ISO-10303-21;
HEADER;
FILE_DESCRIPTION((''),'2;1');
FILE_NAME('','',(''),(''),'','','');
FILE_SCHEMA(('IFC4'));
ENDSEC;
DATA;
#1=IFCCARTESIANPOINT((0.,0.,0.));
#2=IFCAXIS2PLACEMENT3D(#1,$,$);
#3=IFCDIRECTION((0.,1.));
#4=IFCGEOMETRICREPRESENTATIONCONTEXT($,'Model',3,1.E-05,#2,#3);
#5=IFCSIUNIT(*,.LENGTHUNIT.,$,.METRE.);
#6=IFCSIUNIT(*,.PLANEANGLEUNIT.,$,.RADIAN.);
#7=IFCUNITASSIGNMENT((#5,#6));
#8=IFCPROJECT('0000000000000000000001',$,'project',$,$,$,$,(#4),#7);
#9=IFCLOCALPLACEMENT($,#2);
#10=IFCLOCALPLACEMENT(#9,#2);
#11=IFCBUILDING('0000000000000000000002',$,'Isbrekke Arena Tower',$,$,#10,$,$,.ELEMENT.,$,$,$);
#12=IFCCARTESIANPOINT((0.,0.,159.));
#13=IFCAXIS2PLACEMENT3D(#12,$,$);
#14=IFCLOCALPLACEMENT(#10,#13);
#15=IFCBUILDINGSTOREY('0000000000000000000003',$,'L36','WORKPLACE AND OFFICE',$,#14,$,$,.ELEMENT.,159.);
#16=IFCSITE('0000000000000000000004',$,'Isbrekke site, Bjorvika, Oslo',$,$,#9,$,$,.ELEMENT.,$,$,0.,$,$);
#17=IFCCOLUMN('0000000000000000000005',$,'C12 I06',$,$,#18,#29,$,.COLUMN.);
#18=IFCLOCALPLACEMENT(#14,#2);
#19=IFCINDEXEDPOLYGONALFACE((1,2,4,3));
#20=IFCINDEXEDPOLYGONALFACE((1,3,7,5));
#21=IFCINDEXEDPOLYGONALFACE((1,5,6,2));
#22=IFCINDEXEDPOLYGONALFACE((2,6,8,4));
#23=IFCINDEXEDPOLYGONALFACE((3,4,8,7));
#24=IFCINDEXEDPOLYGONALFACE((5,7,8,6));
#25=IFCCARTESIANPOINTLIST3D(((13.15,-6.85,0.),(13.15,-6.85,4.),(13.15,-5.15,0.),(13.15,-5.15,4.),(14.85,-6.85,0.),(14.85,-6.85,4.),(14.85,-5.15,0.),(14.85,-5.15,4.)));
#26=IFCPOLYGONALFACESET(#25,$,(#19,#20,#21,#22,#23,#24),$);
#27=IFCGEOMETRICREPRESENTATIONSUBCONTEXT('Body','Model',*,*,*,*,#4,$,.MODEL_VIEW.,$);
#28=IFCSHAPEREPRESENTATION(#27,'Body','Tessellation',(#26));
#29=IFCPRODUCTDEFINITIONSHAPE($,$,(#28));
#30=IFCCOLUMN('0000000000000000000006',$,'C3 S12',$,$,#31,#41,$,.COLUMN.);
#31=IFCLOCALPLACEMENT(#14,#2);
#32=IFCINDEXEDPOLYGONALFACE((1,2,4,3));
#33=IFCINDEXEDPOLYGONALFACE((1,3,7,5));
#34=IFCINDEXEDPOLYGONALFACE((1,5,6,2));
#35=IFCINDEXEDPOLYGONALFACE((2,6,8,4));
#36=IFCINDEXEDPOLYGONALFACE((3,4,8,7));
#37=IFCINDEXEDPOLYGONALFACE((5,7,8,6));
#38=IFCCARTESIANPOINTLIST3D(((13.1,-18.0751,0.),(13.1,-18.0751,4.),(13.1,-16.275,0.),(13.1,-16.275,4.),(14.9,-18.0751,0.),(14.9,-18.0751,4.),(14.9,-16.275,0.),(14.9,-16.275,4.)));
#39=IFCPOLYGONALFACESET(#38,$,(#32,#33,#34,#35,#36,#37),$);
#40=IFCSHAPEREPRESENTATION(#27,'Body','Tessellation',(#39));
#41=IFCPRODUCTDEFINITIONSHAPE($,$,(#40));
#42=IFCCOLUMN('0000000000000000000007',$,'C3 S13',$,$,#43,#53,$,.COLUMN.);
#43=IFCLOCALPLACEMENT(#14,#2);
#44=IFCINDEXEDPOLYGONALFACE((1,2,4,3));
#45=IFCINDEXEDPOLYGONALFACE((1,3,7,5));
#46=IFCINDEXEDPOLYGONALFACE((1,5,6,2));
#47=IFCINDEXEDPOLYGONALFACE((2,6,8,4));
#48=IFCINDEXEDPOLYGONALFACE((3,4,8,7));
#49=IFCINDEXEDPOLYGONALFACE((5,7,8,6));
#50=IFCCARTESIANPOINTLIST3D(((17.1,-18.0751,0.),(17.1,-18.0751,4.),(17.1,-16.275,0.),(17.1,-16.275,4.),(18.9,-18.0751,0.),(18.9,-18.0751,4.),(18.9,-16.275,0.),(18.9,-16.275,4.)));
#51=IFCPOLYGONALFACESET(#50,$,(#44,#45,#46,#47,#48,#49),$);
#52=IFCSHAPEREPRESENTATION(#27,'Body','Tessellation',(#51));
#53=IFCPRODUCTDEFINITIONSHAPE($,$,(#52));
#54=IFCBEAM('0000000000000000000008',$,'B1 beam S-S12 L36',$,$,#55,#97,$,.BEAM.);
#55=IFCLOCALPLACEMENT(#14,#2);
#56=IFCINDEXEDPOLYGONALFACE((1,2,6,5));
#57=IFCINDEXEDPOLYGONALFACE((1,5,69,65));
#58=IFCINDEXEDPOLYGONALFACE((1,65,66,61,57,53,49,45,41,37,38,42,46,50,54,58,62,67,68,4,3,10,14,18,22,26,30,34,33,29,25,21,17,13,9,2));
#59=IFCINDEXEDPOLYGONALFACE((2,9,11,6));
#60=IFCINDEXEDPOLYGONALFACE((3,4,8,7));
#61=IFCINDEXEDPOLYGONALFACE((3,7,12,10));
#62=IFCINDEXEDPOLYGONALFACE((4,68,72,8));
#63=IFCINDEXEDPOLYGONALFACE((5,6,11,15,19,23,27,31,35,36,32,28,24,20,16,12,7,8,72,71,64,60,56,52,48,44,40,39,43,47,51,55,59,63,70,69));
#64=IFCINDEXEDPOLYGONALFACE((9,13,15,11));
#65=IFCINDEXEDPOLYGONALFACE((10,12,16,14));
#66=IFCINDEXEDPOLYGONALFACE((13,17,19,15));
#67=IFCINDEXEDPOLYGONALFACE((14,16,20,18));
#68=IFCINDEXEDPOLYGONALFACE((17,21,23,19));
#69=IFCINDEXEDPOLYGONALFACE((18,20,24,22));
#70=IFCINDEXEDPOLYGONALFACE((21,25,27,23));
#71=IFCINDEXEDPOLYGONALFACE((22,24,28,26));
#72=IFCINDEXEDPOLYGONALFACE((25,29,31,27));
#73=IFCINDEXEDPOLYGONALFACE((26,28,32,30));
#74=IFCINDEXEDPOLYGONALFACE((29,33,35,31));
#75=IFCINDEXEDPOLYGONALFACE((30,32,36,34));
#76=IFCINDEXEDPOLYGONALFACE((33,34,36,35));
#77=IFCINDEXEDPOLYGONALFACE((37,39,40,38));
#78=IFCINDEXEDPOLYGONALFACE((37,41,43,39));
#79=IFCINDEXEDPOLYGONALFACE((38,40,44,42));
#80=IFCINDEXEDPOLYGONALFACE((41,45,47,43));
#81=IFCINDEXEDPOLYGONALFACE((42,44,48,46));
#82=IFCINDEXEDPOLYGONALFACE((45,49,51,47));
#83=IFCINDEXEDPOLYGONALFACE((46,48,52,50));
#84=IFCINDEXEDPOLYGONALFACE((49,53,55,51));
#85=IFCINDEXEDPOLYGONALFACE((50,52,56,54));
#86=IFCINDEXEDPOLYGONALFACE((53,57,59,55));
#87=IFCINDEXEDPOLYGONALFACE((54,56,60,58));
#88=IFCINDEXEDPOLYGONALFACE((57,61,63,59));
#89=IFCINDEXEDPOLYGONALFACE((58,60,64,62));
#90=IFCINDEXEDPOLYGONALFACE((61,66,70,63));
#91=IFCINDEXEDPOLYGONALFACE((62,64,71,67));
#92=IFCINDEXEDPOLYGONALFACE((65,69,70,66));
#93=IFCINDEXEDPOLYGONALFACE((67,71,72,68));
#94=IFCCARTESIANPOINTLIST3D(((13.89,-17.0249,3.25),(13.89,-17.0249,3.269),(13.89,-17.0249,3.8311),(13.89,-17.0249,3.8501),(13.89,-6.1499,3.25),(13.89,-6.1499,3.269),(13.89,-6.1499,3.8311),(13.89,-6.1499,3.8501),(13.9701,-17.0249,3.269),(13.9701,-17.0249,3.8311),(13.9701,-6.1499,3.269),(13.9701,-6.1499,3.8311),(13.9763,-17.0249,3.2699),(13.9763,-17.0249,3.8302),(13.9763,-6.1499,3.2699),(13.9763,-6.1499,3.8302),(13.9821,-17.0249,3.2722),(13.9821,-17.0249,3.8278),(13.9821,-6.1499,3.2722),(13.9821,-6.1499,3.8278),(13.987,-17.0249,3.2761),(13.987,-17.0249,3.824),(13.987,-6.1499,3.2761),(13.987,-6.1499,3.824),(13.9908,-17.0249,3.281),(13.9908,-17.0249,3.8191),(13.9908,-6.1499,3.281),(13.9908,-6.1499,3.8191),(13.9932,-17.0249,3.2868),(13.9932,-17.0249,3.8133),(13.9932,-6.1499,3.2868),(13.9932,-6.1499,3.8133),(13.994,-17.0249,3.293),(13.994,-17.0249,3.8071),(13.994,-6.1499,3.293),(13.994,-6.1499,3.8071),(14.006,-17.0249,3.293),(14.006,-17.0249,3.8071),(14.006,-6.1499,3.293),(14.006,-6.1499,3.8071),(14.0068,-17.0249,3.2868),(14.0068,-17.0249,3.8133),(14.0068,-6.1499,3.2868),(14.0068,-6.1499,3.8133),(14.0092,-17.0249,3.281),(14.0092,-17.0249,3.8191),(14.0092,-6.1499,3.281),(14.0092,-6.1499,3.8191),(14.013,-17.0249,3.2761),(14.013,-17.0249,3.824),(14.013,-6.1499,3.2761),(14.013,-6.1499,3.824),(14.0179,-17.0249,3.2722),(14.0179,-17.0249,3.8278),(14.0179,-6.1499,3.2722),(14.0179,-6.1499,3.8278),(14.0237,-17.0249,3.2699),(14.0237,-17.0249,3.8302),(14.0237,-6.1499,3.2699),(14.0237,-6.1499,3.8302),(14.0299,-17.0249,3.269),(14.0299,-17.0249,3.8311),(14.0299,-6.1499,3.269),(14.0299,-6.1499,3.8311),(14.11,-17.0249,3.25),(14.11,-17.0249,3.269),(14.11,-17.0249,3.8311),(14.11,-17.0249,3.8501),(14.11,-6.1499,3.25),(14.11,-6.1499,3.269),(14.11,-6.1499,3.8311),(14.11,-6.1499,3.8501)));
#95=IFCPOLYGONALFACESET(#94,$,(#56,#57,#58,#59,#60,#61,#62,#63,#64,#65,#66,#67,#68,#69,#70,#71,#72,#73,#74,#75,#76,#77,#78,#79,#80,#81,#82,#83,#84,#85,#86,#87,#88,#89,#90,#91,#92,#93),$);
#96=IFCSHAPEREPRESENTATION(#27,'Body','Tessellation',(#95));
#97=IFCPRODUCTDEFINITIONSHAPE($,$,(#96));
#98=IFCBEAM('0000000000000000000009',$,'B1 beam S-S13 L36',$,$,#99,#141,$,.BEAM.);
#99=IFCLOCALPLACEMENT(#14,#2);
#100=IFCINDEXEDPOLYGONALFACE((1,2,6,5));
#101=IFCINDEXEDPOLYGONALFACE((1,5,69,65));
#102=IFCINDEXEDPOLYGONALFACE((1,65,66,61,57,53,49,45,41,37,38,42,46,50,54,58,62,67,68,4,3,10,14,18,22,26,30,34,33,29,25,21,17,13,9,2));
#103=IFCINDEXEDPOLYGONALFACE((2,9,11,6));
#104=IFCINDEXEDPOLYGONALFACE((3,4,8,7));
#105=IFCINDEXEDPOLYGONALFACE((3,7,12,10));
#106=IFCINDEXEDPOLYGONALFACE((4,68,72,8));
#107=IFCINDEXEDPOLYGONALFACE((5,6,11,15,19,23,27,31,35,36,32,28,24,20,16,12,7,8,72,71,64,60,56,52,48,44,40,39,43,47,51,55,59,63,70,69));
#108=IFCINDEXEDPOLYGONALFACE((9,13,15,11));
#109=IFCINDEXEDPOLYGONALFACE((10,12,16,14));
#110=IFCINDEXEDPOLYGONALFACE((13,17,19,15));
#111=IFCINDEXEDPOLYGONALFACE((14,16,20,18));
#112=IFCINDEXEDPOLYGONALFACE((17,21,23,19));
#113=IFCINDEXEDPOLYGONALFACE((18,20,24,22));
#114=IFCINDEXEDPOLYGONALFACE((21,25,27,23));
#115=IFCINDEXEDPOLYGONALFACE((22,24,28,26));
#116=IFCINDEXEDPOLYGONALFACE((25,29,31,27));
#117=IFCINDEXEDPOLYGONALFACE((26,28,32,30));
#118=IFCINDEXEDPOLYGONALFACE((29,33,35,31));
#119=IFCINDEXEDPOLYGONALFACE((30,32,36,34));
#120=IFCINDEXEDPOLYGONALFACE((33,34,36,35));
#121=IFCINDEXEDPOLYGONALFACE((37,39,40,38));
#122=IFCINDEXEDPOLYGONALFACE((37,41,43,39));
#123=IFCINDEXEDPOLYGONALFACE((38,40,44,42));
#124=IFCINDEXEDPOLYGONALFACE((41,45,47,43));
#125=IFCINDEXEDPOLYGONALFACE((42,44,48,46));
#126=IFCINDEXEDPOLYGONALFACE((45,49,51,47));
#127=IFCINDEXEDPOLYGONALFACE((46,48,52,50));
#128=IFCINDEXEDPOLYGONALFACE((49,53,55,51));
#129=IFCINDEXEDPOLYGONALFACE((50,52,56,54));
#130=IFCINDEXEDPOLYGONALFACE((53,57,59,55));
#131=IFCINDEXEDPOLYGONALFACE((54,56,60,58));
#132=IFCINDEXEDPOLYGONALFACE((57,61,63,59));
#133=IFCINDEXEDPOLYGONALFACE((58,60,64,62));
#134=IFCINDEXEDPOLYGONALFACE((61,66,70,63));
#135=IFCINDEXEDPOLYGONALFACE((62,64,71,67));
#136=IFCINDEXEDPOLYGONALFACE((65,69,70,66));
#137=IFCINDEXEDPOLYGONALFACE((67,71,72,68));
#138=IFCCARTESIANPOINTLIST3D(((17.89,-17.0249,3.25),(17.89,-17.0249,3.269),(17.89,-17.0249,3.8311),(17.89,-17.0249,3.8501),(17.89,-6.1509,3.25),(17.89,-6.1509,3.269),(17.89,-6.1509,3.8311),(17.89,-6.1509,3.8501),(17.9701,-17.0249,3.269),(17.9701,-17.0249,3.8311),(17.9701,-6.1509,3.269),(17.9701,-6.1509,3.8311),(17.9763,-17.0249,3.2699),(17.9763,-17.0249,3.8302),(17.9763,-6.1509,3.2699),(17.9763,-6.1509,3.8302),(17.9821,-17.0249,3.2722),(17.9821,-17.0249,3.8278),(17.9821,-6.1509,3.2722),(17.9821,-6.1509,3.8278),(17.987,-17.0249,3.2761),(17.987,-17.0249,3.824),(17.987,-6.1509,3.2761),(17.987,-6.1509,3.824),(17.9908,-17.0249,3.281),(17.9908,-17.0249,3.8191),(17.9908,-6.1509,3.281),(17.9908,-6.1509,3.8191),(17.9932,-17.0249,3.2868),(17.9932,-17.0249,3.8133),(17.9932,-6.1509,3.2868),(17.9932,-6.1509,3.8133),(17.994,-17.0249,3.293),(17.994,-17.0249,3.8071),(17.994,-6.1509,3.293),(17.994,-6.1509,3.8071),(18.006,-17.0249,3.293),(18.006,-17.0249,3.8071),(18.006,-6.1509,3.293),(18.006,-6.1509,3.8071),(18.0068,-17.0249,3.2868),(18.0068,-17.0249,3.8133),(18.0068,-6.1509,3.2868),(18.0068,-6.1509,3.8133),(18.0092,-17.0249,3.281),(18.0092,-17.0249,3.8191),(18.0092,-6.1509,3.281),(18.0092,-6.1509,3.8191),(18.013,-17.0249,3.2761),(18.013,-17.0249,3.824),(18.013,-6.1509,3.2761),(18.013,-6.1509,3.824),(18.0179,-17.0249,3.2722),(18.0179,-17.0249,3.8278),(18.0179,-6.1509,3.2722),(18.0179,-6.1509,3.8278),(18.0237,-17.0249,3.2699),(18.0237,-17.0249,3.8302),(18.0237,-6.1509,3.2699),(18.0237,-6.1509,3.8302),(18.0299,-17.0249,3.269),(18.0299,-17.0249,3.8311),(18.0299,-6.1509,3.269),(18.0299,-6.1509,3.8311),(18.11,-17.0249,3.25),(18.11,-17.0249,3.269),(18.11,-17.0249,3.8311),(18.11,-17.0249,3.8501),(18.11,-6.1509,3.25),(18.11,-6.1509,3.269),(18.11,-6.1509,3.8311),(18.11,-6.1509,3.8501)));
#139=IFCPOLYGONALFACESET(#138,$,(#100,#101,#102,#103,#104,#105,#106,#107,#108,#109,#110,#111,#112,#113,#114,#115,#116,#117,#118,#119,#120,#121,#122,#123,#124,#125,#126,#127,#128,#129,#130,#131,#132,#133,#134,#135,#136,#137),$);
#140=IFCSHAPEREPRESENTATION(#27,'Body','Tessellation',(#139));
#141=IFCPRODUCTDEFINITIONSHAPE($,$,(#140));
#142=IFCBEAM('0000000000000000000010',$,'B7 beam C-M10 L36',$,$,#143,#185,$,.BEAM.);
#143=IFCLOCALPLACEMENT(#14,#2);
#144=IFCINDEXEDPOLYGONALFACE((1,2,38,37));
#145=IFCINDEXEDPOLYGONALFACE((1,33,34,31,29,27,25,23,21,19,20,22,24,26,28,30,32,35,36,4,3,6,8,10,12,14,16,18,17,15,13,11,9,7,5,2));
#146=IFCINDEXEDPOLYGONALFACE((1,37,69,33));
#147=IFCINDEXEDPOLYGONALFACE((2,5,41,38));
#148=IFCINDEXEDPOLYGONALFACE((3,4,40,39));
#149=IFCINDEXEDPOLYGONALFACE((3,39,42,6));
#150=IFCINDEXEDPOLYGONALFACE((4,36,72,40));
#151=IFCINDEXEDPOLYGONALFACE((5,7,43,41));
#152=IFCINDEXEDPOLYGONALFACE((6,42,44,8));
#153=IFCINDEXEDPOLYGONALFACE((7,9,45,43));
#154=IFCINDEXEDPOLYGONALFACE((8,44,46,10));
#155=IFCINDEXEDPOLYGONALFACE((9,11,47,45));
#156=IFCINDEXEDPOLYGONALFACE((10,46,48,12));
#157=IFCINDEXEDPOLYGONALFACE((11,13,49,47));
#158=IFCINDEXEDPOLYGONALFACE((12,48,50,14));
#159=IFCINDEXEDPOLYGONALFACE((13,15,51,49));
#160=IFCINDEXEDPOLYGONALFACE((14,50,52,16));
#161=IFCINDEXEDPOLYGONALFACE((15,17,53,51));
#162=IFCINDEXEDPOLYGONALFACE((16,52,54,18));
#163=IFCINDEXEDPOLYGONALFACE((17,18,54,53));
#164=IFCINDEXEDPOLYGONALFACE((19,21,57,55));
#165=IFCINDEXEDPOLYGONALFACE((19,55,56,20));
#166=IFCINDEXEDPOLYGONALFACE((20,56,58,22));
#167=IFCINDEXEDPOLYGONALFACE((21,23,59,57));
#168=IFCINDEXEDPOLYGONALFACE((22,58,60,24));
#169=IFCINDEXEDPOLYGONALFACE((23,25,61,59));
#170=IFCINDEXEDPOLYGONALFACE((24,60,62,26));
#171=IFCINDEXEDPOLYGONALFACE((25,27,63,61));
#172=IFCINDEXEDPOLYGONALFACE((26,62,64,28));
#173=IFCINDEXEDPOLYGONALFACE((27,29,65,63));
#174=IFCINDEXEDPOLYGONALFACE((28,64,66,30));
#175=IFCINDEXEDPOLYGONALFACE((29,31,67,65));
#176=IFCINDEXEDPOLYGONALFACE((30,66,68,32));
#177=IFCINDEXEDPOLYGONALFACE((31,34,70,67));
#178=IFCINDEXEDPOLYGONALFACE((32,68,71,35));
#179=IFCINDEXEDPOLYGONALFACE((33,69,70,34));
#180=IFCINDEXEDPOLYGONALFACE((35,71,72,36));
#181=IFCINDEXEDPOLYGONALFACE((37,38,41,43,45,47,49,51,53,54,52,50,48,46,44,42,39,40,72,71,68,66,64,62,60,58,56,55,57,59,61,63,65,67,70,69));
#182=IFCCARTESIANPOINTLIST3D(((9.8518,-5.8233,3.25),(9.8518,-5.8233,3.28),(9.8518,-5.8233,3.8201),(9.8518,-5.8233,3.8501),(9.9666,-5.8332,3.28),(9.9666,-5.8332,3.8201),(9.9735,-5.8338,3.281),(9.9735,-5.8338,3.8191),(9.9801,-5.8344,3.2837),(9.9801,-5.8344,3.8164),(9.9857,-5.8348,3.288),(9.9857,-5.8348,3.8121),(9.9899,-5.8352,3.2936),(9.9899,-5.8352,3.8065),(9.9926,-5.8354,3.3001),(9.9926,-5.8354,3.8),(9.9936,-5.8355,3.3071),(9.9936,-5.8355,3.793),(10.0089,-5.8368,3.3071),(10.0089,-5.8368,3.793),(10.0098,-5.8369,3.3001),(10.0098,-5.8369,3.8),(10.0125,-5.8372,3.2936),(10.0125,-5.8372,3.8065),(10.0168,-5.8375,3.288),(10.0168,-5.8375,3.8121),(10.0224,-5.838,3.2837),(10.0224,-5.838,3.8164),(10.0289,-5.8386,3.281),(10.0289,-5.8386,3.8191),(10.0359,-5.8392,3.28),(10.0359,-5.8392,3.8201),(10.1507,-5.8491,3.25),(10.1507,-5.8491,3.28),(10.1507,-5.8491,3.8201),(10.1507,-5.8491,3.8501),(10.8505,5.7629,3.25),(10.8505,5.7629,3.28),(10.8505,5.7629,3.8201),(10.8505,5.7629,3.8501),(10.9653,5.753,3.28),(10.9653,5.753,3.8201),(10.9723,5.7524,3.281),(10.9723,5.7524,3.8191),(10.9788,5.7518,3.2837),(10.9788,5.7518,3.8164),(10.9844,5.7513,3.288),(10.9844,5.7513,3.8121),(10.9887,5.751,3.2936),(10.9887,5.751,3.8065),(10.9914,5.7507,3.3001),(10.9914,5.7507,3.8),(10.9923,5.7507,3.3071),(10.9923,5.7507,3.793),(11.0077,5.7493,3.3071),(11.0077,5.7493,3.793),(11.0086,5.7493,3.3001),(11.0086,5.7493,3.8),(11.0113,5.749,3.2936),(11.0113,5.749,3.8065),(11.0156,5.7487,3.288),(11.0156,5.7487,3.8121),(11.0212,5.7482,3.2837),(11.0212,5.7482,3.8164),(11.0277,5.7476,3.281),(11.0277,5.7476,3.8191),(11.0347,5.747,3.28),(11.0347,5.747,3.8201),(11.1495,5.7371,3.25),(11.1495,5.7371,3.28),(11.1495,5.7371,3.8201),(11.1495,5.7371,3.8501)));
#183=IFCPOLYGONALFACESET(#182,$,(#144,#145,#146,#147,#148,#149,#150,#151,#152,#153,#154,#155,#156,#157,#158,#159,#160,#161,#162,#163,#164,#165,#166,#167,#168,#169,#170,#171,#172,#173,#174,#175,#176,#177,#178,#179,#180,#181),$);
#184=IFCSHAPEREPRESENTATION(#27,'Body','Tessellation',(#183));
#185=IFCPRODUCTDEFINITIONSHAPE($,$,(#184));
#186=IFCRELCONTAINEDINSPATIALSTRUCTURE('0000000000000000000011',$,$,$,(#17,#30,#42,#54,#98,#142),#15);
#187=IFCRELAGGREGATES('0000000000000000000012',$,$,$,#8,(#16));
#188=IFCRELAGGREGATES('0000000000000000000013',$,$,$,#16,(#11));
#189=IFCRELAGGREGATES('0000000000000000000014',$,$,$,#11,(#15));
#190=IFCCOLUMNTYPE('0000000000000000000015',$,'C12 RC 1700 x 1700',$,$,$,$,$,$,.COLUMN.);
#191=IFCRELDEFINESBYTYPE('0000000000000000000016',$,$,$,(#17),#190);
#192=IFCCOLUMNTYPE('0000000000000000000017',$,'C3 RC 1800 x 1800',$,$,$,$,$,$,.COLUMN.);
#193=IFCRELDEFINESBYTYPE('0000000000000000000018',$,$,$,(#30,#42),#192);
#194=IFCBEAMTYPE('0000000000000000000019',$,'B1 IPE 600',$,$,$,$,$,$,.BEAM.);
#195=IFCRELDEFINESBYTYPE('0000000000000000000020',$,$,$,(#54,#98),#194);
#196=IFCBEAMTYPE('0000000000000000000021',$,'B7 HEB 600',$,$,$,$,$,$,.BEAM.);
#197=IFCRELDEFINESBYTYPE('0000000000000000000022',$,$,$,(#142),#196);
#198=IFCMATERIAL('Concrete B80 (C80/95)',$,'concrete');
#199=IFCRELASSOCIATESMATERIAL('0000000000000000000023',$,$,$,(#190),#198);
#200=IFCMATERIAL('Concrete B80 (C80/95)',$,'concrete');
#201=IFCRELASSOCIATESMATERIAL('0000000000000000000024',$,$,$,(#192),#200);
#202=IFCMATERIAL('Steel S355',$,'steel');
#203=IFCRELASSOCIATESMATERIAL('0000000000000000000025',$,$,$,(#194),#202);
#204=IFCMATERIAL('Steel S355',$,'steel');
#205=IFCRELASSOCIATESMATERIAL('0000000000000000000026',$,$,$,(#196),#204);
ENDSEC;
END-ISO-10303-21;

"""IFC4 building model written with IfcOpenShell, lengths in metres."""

from ifc_helpers import new_model, si_unit, direction, frame, origin, origin_2d, place, context, subcontext, project, spatial, rectangle, i_section, extrude, material, material_profile, profile_set, type_object, element, save


model = new_model("IFC4")

# Units and contexts
model_context = context("Model", 3, precision=1e-05, world=origin(), true_north=direction((0.0, 1.0)))
body_context = subcontext(model_context, "Body", "Model", "MODEL_VIEW")
ifc_project = project(units=[si_unit("LENGTHUNIT", "METRE"), si_unit("PLANEANGLEUNIT", "RADIAN")], contexts=[model_context])

# Site, building, storey
site_placement = place(None, origin())
site = spatial("IfcSite", under=ifc_project, at=site_placement, Name="Isbrekke site, Bjorvika, Oslo", CompositionType="ELEMENT", RefElevation=0.0)
building_placement = place(site_placement, origin())
building = spatial("IfcBuilding", under=site, at=building_placement, Name="Isbrekke Arena Tower", CompositionType="ELEMENT")
storey_placement = place(building_placement, frame((0.0, 0.0, 159.0)))
storey = spatial("IfcBuildingStorey", under=building, at=storey_placement, Name="L36", Description="WORKPLACE AND OFFICE", CompositionType="ELEMENT", Elevation=159.0)

# Columns
ifc_material_1 = material(Name="Concrete B80 (C80/95)", Category="concrete")
ifc_material_profile_1 = material_profile(ifc_material_1, rectangle(XDim=1.7, YDim=1.7, at=origin_2d()), Name="RC 1700x1700")
ifc_profile_set_1 = profile_set([ifc_material_profile_1], Name="Concrete B80 (C80/95)")
column_type_1 = type_object("IfcColumnType", Name="C12 RC 1700 x 1700", PredefinedType="COLUMN", material=ifc_profile_set_1)
column_placement = place(storey_placement, frame((14.0, -6.0, 0.0), z_axis=(0.0, 0.0, 1.0), x_axis=(1.0, 0.0, 0.0)))
element("IfcColumn", 1, at=column_placement, inside=storey, type_object=column_type_1, Name="C12 I06", PredefinedType="COLUMN", context=body_context, shape_type="SweptSolid", body=[
    extrude(rectangle(XDim=1.7, YDim=1.7, at=origin_2d()), origin(), (0.0, 0.0, 1.0), 4.0),
])
ifc_material_2 = material(Name="Concrete B80 (C80/95)", Category="concrete")
ifc_material_profile_2 = material_profile(ifc_material_2, rectangle(XDim=1.8, YDim=1.8, at=origin_2d()), Name="RC 1800x1800")
ifc_profile_set_2 = profile_set([ifc_material_profile_2], Name="Concrete B80 (C80/95)")
column_type_2 = type_object("IfcColumnType", Name="C3 RC 1800 x 1800", PredefinedType="COLUMN", material=ifc_profile_set_2)
for number, where, z_axis, x_axis, name in (
    (2, (14.0, -17.175, 0.0), (0.0, 0.0, 1.0), (1.0, 0.0, 0.0), "C3 S12"),
    (3, (18.0, -17.175, 0.0), (0.0, 0.0, 1.0), (1.0, 0.0, 0.0), "C3 S13"),
):
    element("IfcColumn", number, at=place(storey_placement, frame(where, z_axis=z_axis, x_axis=x_axis)), inside=storey, type_object=column_type_2, Name=name, PredefinedType="COLUMN", context=body_context, shape_type="SweptSolid", body=[
        extrude(rectangle(XDim=1.8, YDim=1.8, at=origin_2d()), origin(), (0.0, 0.0, 1.0), 4.0),
    ])

# Beams
ifc_material_3 = material(Name="Steel S355", Category="steel")
ifc_material_profile_3 = material_profile(ifc_material_3, i_section(OverallWidth=0.22, OverallDepth=0.6001, WebThickness=0.012, FlangeThickness=0.019, FilletRadius=0.0239, at=origin_2d()), Name="IPE 600")
ifc_profile_set_3 = profile_set([ifc_material_profile_3], Name="Steel S355")
beam_type_1 = type_object("IfcBeamType", Name="B1 IPE 600", PredefinedType="BEAM", material=ifc_profile_set_3)
beam_1_placement = place(storey_placement, frame((14.0, -17.0249, 3.55), z_axis=(0.0, 1.0, 0.0), x_axis=(-1.0, 0.0, 0.0)))
element("IfcBeam", 4, at=beam_1_placement, inside=storey, type_object=beam_type_1, Name="B1 beam S-S12 L36", PredefinedType="BEAM", context=body_context, shape_type="SweptSolid", body=[
    extrude(i_section(OverallWidth=0.22, OverallDepth=0.6001, WebThickness=0.012, FlangeThickness=0.019, FilletRadius=0.0239, at=origin_2d()), origin(), (0.0, 0.0, 1.0), 10.875),
])
beam_2_placement = place(storey_placement, frame((18.0, -17.0249, 3.55), z_axis=(0.0, 1.0, 0.0), x_axis=(-1.0, 0.0, 0.0)))
element("IfcBeam", 5, at=beam_2_placement, inside=storey, type_object=beam_type_1, Name="B1 beam S-S13 L36", PredefinedType="BEAM", context=body_context, shape_type="SweptSolid", body=[
    extrude(i_section(OverallWidth=0.22, OverallDepth=0.6001, WebThickness=0.012, FlangeThickness=0.019, FilletRadius=0.0239, at=origin_2d()), origin(), (0.0, 0.0, 1.0), 10.874),
])
ifc_material_4 = material(Name="Steel S355", Category="steel")
ifc_material_profile_4 = material_profile(ifc_material_4, i_section(OverallWidth=0.3, OverallDepth=0.6001, WebThickness=0.0154, FlangeThickness=0.03, FilletRadius=0.0271, at=origin_2d()), Name="HEB 600")
ifc_profile_set_4 = profile_set([ifc_material_profile_4], Name="Steel S355")
beam_type_2 = type_object("IfcBeamType", Name="B7 HEB 600", PredefinedType="BEAM", material=ifc_profile_set_4)
beam_3_placement = place(storey_placement, frame((10.0012, -5.8362, 3.55), z_axis=(0.085886, 0.996305, 0.0), x_axis=(-0.996305, 0.085886, 0.0)))
element("IfcBeam", 6, at=beam_3_placement, inside=storey, type_object=beam_type_2, Name="B7 beam C-M10 L36", PredefinedType="BEAM", context=body_context, shape_type="SweptSolid", body=[
    extrude(i_section(OverallWidth=0.3, OverallDepth=0.6001, WebThickness=0.0154, FlangeThickness=0.03, FilletRadius=0.0271, at=origin_2d()), origin(), (0.0, 0.0, 1.0), 11.6292),
])

save(model, "model.ifc")
